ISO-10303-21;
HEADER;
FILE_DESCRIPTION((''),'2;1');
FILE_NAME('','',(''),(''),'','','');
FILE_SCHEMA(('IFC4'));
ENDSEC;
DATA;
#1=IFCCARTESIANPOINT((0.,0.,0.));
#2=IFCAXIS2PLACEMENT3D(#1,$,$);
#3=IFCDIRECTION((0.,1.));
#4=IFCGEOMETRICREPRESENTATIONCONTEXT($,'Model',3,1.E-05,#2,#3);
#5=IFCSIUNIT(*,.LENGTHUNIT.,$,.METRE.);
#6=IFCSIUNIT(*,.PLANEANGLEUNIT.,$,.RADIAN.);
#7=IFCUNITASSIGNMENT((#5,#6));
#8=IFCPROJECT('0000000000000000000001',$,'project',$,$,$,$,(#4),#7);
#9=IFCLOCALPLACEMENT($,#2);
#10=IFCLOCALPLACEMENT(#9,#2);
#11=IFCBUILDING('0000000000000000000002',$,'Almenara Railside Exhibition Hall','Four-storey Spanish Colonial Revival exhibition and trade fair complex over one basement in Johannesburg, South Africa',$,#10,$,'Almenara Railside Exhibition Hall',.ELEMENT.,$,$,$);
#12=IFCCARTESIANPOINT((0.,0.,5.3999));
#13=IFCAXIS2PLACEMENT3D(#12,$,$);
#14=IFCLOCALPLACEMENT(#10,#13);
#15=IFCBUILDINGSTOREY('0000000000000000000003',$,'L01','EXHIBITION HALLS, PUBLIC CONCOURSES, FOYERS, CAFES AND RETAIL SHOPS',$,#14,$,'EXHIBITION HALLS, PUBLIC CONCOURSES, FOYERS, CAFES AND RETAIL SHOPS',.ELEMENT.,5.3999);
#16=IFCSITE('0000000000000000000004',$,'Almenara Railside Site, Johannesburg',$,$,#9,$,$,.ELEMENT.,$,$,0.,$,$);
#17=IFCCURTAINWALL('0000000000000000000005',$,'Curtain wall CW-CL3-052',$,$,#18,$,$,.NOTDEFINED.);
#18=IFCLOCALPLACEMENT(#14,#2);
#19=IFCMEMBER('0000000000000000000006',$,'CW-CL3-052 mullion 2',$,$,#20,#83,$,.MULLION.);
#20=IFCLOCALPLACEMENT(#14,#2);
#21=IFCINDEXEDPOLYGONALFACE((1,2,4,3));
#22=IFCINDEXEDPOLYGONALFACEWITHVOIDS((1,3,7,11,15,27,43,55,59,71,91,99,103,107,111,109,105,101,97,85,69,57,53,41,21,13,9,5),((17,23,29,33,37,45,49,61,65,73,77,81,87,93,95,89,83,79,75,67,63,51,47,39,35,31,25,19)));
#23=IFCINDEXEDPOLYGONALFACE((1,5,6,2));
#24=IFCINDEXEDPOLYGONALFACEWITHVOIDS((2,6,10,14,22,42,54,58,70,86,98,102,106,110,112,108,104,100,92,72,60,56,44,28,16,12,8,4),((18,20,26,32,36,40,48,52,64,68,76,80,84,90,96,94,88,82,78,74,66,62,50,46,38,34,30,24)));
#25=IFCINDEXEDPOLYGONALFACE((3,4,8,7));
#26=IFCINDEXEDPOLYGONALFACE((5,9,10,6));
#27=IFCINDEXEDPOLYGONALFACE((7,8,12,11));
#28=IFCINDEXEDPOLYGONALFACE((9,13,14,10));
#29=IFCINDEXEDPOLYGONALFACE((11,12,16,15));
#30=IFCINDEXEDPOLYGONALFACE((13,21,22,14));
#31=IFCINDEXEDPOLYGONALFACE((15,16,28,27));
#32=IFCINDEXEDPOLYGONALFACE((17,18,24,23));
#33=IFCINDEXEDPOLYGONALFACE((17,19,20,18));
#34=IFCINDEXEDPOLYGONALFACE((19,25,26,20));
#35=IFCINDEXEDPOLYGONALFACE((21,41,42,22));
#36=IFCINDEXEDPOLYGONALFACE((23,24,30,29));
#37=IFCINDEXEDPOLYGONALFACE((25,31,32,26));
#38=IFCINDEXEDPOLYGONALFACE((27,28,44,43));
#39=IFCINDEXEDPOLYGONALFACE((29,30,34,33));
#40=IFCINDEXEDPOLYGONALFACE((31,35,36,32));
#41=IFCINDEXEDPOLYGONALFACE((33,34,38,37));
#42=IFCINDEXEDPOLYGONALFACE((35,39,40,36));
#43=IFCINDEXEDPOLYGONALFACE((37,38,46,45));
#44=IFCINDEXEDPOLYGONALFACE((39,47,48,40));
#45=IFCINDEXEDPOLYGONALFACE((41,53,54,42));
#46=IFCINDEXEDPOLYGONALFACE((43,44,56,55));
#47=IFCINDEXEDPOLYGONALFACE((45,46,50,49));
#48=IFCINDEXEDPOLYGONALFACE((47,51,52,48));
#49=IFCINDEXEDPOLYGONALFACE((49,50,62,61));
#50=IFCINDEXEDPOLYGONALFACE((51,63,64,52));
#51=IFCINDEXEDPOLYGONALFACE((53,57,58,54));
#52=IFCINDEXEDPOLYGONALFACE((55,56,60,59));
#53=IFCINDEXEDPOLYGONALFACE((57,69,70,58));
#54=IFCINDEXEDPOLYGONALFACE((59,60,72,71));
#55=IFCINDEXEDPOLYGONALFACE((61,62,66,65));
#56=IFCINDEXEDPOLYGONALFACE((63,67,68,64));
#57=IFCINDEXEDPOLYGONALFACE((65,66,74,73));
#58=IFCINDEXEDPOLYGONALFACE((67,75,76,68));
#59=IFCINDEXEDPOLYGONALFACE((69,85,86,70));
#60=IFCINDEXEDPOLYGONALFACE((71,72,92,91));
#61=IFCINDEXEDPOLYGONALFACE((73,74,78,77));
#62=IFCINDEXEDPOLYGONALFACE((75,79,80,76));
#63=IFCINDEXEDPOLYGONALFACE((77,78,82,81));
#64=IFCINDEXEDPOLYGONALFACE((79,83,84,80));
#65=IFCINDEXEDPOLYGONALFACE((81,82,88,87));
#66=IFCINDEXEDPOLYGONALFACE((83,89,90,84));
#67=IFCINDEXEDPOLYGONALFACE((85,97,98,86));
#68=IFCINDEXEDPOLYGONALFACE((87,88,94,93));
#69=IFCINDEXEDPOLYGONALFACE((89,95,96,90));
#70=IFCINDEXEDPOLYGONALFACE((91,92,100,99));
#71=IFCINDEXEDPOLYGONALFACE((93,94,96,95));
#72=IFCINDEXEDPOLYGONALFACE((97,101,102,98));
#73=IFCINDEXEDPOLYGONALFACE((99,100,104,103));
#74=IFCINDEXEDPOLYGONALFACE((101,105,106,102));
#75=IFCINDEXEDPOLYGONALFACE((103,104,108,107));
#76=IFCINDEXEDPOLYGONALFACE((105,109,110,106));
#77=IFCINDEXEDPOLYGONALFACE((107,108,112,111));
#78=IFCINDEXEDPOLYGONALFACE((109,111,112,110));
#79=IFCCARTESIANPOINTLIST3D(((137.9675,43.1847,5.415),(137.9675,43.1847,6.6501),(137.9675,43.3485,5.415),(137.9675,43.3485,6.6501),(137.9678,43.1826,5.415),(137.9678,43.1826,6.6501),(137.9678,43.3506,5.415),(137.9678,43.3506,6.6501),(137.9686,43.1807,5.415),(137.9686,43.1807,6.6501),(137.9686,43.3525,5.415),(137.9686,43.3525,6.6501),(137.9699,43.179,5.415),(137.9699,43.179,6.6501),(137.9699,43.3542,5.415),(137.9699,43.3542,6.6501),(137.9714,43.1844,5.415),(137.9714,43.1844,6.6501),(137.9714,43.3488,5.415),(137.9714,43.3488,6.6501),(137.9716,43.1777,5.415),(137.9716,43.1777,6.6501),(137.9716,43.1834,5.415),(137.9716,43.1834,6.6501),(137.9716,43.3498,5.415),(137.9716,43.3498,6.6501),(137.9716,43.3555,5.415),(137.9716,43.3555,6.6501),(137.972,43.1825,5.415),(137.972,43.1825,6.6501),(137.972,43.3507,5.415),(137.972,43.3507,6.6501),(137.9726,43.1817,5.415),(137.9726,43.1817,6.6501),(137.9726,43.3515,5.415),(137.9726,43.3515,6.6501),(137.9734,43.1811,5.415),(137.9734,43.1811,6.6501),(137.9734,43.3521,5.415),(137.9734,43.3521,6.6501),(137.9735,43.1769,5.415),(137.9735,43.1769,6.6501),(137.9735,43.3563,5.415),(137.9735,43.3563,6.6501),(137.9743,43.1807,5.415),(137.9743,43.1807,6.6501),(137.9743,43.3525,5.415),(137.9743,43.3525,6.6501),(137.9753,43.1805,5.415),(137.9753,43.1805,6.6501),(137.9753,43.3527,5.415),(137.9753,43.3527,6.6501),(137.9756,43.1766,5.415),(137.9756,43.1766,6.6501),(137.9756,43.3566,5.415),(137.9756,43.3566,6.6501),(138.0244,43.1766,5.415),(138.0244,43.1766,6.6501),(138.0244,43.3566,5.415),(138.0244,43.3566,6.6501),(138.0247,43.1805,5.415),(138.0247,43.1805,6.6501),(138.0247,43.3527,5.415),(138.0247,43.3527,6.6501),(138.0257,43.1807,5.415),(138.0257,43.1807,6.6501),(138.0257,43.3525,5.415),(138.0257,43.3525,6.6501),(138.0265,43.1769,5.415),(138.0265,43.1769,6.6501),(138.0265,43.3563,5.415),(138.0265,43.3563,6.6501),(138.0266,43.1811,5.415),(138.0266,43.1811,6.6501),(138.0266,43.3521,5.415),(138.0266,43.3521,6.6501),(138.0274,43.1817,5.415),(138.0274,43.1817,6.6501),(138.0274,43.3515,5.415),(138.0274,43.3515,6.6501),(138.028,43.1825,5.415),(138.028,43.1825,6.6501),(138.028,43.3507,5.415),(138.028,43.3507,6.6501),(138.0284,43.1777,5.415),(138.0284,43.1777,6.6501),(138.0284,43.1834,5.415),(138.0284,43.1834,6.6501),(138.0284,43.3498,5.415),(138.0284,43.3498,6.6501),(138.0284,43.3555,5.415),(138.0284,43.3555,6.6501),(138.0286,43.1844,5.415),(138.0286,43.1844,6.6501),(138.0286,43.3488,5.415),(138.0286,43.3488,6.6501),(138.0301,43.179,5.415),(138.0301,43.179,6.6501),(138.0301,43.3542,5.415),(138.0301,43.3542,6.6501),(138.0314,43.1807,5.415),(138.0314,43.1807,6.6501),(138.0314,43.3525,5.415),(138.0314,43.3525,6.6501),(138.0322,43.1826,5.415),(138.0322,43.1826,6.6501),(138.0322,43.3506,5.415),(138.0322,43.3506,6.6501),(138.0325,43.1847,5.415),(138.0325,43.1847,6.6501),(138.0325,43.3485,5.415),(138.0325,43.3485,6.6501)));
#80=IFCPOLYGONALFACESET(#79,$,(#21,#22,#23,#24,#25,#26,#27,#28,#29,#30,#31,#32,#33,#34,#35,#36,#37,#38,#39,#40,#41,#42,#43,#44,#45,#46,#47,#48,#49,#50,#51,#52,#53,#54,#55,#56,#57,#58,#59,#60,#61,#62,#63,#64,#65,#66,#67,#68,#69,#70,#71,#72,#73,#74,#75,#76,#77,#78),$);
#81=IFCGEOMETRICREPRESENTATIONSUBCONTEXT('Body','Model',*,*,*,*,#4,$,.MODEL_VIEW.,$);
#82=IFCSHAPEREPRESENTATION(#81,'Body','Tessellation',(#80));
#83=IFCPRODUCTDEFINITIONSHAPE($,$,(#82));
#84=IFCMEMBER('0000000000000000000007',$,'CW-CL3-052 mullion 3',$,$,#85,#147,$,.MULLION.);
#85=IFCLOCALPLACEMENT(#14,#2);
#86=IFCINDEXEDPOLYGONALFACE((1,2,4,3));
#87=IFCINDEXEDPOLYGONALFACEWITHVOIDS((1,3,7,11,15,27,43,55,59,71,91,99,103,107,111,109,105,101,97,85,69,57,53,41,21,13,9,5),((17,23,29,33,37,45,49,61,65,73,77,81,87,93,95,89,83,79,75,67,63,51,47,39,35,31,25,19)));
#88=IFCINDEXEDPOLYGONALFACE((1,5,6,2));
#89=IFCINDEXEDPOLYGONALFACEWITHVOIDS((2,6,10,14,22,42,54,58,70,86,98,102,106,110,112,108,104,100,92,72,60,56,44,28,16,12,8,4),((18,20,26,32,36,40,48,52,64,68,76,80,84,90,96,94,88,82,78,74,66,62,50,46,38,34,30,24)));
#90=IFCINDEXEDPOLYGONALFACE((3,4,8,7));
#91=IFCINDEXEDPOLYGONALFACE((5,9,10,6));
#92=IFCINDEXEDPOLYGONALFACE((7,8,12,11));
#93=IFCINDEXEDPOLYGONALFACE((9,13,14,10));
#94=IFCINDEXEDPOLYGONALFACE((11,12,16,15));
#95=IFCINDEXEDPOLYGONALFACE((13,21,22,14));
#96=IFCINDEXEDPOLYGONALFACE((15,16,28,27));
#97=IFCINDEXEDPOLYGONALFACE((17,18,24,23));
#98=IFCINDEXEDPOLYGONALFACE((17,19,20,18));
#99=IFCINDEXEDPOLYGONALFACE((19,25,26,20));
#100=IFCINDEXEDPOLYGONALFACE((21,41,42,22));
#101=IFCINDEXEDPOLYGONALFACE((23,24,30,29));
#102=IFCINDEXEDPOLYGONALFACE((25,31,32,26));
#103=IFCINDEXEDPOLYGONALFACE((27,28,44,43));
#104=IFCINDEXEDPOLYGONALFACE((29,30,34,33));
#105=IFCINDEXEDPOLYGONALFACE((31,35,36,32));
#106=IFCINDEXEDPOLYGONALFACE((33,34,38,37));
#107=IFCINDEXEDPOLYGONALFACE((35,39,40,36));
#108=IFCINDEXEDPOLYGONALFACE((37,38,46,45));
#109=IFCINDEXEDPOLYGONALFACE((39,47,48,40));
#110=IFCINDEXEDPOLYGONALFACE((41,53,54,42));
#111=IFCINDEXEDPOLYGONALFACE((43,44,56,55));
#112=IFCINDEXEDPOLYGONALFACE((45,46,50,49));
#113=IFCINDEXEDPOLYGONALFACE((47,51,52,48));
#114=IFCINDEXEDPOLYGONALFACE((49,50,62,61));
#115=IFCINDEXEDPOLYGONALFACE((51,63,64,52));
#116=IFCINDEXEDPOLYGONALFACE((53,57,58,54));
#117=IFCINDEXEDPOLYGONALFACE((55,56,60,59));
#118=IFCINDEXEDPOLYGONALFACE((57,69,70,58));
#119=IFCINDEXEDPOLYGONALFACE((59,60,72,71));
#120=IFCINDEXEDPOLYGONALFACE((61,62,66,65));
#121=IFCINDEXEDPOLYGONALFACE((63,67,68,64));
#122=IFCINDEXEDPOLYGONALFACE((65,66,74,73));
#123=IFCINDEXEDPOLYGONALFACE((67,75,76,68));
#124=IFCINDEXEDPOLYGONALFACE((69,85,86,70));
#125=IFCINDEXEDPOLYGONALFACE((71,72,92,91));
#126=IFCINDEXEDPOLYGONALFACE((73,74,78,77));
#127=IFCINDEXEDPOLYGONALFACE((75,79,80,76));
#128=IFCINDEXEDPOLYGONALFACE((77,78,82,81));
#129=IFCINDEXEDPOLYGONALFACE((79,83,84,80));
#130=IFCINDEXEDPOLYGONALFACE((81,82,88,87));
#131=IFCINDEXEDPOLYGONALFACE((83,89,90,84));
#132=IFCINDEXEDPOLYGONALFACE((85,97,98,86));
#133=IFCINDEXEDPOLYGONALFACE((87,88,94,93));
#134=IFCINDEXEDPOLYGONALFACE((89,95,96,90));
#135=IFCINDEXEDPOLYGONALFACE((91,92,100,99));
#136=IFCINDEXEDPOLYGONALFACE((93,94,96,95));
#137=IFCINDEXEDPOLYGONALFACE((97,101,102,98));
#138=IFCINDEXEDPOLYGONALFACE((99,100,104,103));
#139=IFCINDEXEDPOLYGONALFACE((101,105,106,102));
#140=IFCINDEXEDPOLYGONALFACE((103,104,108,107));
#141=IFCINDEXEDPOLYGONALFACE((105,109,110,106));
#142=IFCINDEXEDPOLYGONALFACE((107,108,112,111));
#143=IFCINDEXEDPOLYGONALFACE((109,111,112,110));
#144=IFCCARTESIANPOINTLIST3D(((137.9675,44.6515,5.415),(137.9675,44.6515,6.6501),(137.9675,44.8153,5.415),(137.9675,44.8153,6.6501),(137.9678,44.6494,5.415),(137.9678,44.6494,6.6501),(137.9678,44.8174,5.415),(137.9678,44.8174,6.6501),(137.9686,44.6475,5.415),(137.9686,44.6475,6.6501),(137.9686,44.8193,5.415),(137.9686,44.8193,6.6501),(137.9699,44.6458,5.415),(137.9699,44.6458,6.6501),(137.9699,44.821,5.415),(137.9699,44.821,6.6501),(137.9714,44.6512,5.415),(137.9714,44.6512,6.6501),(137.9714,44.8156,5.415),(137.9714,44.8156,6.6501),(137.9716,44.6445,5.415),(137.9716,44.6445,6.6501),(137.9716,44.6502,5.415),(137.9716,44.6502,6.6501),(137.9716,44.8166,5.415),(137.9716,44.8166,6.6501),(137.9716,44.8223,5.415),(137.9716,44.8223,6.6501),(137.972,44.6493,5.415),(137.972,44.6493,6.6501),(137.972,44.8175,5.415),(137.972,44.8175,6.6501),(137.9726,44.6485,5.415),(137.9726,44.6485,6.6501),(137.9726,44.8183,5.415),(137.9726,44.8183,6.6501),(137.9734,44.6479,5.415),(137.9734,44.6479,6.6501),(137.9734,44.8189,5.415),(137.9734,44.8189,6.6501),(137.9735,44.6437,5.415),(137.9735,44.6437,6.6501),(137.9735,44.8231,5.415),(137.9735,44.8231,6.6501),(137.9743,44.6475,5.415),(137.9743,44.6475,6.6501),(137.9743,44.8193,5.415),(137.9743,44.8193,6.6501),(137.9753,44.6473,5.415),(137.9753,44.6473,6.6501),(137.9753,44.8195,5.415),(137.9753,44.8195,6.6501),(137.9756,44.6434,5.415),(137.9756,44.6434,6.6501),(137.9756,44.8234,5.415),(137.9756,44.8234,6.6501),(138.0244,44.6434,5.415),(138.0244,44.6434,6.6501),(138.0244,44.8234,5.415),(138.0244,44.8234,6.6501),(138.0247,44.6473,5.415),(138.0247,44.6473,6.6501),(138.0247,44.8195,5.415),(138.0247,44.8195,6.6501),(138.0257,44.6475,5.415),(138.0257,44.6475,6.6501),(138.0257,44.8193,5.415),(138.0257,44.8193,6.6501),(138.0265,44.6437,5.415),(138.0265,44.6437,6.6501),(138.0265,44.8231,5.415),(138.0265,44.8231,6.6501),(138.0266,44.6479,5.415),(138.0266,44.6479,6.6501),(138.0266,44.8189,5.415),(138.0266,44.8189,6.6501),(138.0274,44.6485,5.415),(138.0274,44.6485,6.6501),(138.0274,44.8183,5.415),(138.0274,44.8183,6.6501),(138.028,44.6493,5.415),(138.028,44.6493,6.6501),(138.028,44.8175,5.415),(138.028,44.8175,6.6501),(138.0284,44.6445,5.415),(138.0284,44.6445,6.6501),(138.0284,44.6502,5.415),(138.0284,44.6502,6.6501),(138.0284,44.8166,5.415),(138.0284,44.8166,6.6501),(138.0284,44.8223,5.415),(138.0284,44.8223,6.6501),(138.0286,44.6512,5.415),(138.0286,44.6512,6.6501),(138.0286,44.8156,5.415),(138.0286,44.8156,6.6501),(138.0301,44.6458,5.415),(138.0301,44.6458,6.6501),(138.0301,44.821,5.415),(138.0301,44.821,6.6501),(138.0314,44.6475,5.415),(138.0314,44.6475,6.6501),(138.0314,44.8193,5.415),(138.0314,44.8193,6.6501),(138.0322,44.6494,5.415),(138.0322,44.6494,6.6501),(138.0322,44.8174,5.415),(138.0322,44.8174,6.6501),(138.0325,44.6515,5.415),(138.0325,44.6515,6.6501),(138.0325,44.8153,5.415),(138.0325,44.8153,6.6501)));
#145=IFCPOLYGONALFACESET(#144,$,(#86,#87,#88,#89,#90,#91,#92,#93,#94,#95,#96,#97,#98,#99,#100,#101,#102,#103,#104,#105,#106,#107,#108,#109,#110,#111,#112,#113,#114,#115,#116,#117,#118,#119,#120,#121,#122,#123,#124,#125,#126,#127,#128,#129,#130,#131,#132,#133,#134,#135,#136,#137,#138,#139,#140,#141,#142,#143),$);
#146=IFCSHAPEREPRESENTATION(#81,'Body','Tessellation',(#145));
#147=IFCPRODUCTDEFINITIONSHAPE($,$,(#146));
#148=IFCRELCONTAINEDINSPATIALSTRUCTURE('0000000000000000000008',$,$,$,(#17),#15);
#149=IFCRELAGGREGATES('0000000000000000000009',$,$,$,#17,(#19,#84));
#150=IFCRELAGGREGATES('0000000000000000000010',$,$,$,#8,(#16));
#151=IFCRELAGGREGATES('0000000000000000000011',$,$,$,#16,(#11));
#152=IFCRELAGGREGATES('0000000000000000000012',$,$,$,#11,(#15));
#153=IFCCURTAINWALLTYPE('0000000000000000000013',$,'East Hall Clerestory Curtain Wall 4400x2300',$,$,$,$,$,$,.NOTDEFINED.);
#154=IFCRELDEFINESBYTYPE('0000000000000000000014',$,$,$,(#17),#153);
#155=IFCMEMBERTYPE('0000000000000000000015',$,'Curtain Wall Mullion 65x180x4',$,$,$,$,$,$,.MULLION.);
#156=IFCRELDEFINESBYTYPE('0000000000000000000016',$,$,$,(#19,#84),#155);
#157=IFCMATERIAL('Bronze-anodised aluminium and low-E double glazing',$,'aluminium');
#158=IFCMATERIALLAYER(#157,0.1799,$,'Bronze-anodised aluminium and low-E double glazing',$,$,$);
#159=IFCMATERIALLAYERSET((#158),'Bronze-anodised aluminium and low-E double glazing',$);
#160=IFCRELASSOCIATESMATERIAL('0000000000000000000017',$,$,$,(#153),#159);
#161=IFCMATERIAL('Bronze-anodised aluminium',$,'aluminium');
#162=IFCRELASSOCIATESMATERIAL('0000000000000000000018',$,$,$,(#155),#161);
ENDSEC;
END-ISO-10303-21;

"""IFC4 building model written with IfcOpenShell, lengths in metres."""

from ifc_helpers import new_model, si_unit, direction, frame, origin, origin_2d, place, context, subcontext, project, spatial, hollow_rectangle, extrude, material, layer, layer_set, material_profile, profile_set, type_object, element, aggregate, save


model = new_model("IFC4")

# Units and contexts
model_context = context("Model", 3, precision=1e-05, world=origin(), true_north=direction((0.0, 1.0)))
body_context = subcontext(model_context, "Body", "Model", "MODEL_VIEW")
ifc_project = project(units=[si_unit("LENGTHUNIT", "METRE"), si_unit("PLANEANGLEUNIT", "RADIAN")], contexts=[model_context])

# Site, building, storey
site_placement = place(None, origin())
site = spatial("IfcSite", under=ifc_project, at=site_placement, Name="Almenara Railside Site, Johannesburg", CompositionType="ELEMENT", RefElevation=0.0)
building_placement = place(site_placement, origin())
building = spatial("IfcBuilding", under=site, at=building_placement, Name="Almenara Railside Exhibition Hall", Description="Four-storey Spanish Colonial Revival exhibition and trade fair complex over one basement in Johannesburg, South Africa", LongName="Almenara Railside Exhibition Hall", CompositionType="ELEMENT")
storey_placement = place(building_placement, frame((0.0, 0.0, 5.3999)))
storey = spatial("IfcBuildingStorey", under=building, at=storey_placement, Name="L01", Description="EXHIBITION HALLS, PUBLIC CONCOURSES, FOYERS, CAFES AND RETAIL SHOPS", LongName="EXHIBITION HALLS, PUBLIC CONCOURSES, FOYERS, CAFES AND RETAIL SHOPS", CompositionType="ELEMENT", Elevation=5.3999)

# Curtain wall, members
ifc_material_1 = material(Name="Bronze-anodised aluminium and low-E double glazing", Category="aluminium")
ifc_layer_1 = layer(ifc_material_1, 0.1799, Name="Bronze-anodised aluminium and low-E double glazing")
ifc_layer_set_1 = layer_set([ifc_layer_1], Name="Bronze-anodised aluminium and low-E double glazing")
curtain_wall_type = type_object("IfcCurtainWallType", Name="East Hall Clerestory Curtain Wall 4400x2300", PredefinedType="NOTDEFINED", material=ifc_layer_set_1)
curtain_wall_placement = place(storey_placement, origin())
curtain_wall = element("IfcCurtainWall", 1, at=curtain_wall_placement, inside=storey, type_object=curtain_wall_type, Name="Curtain wall CW-CL3-052", PredefinedType="NOTDEFINED")
ifc_material_2 = material(Name="Bronze-anodised aluminium", Category="aluminium")
ifc_material_profile_1 = material_profile(ifc_material_2, hollow_rectangle(XDim=0.0649, YDim=0.1799, WallThickness=0.0039, InnerFilletRadius=0.0039, OuterFilletRadius=0.0081, at=origin_2d()), Name="ALU-MUL 65x180x4")
ifc_profile_set_1 = profile_set([ifc_material_profile_1], Name="Bronze-anodised aluminium")
member_type_1 = type_object("IfcMemberType", Name="Curtain Wall Mullion 65x180x4", PredefinedType="MULLION", material=ifc_profile_set_1)
member_1_placement = place(storey_placement, frame((138.0, 43.2666, 5.415), z_axis=(0.0, 0.0, 1.0), x_axis=(-1.0, 0.0, 0.0)))
member_1 = element("IfcMember", 2, at=member_1_placement, type_object=member_type_1, Name="CW-CL3-052 mullion 2", PredefinedType="MULLION", context=body_context, shape_type="SweptSolid", body=[
    extrude(hollow_rectangle(XDim=0.0649, YDim=0.1799, WallThickness=0.0039, InnerFilletRadius=0.0039, OuterFilletRadius=0.0081, at=origin_2d()), origin(), (0.0, 0.0, 1.0), 1.2351),
])
member_2_placement = place(storey_placement, frame((138.0, 44.7334, 5.415), z_axis=(0.0, 0.0, 1.0), x_axis=(-1.0, 0.0, 0.0)))
member_2 = element("IfcMember", 3, at=member_2_placement, type_object=member_type_1, Name="CW-CL3-052 mullion 3", PredefinedType="MULLION", context=body_context, shape_type="SweptSolid", body=[
    extrude(hollow_rectangle(XDim=0.0649, YDim=0.1799, WallThickness=0.0039, InnerFilletRadius=0.0039, OuterFilletRadius=0.0081, at=origin_2d()), origin(), (0.0, 0.0, 1.0), 1.2351),
])
aggregate(curtain_wall, [member_1, member_2])

save(model, "model.ifc")
